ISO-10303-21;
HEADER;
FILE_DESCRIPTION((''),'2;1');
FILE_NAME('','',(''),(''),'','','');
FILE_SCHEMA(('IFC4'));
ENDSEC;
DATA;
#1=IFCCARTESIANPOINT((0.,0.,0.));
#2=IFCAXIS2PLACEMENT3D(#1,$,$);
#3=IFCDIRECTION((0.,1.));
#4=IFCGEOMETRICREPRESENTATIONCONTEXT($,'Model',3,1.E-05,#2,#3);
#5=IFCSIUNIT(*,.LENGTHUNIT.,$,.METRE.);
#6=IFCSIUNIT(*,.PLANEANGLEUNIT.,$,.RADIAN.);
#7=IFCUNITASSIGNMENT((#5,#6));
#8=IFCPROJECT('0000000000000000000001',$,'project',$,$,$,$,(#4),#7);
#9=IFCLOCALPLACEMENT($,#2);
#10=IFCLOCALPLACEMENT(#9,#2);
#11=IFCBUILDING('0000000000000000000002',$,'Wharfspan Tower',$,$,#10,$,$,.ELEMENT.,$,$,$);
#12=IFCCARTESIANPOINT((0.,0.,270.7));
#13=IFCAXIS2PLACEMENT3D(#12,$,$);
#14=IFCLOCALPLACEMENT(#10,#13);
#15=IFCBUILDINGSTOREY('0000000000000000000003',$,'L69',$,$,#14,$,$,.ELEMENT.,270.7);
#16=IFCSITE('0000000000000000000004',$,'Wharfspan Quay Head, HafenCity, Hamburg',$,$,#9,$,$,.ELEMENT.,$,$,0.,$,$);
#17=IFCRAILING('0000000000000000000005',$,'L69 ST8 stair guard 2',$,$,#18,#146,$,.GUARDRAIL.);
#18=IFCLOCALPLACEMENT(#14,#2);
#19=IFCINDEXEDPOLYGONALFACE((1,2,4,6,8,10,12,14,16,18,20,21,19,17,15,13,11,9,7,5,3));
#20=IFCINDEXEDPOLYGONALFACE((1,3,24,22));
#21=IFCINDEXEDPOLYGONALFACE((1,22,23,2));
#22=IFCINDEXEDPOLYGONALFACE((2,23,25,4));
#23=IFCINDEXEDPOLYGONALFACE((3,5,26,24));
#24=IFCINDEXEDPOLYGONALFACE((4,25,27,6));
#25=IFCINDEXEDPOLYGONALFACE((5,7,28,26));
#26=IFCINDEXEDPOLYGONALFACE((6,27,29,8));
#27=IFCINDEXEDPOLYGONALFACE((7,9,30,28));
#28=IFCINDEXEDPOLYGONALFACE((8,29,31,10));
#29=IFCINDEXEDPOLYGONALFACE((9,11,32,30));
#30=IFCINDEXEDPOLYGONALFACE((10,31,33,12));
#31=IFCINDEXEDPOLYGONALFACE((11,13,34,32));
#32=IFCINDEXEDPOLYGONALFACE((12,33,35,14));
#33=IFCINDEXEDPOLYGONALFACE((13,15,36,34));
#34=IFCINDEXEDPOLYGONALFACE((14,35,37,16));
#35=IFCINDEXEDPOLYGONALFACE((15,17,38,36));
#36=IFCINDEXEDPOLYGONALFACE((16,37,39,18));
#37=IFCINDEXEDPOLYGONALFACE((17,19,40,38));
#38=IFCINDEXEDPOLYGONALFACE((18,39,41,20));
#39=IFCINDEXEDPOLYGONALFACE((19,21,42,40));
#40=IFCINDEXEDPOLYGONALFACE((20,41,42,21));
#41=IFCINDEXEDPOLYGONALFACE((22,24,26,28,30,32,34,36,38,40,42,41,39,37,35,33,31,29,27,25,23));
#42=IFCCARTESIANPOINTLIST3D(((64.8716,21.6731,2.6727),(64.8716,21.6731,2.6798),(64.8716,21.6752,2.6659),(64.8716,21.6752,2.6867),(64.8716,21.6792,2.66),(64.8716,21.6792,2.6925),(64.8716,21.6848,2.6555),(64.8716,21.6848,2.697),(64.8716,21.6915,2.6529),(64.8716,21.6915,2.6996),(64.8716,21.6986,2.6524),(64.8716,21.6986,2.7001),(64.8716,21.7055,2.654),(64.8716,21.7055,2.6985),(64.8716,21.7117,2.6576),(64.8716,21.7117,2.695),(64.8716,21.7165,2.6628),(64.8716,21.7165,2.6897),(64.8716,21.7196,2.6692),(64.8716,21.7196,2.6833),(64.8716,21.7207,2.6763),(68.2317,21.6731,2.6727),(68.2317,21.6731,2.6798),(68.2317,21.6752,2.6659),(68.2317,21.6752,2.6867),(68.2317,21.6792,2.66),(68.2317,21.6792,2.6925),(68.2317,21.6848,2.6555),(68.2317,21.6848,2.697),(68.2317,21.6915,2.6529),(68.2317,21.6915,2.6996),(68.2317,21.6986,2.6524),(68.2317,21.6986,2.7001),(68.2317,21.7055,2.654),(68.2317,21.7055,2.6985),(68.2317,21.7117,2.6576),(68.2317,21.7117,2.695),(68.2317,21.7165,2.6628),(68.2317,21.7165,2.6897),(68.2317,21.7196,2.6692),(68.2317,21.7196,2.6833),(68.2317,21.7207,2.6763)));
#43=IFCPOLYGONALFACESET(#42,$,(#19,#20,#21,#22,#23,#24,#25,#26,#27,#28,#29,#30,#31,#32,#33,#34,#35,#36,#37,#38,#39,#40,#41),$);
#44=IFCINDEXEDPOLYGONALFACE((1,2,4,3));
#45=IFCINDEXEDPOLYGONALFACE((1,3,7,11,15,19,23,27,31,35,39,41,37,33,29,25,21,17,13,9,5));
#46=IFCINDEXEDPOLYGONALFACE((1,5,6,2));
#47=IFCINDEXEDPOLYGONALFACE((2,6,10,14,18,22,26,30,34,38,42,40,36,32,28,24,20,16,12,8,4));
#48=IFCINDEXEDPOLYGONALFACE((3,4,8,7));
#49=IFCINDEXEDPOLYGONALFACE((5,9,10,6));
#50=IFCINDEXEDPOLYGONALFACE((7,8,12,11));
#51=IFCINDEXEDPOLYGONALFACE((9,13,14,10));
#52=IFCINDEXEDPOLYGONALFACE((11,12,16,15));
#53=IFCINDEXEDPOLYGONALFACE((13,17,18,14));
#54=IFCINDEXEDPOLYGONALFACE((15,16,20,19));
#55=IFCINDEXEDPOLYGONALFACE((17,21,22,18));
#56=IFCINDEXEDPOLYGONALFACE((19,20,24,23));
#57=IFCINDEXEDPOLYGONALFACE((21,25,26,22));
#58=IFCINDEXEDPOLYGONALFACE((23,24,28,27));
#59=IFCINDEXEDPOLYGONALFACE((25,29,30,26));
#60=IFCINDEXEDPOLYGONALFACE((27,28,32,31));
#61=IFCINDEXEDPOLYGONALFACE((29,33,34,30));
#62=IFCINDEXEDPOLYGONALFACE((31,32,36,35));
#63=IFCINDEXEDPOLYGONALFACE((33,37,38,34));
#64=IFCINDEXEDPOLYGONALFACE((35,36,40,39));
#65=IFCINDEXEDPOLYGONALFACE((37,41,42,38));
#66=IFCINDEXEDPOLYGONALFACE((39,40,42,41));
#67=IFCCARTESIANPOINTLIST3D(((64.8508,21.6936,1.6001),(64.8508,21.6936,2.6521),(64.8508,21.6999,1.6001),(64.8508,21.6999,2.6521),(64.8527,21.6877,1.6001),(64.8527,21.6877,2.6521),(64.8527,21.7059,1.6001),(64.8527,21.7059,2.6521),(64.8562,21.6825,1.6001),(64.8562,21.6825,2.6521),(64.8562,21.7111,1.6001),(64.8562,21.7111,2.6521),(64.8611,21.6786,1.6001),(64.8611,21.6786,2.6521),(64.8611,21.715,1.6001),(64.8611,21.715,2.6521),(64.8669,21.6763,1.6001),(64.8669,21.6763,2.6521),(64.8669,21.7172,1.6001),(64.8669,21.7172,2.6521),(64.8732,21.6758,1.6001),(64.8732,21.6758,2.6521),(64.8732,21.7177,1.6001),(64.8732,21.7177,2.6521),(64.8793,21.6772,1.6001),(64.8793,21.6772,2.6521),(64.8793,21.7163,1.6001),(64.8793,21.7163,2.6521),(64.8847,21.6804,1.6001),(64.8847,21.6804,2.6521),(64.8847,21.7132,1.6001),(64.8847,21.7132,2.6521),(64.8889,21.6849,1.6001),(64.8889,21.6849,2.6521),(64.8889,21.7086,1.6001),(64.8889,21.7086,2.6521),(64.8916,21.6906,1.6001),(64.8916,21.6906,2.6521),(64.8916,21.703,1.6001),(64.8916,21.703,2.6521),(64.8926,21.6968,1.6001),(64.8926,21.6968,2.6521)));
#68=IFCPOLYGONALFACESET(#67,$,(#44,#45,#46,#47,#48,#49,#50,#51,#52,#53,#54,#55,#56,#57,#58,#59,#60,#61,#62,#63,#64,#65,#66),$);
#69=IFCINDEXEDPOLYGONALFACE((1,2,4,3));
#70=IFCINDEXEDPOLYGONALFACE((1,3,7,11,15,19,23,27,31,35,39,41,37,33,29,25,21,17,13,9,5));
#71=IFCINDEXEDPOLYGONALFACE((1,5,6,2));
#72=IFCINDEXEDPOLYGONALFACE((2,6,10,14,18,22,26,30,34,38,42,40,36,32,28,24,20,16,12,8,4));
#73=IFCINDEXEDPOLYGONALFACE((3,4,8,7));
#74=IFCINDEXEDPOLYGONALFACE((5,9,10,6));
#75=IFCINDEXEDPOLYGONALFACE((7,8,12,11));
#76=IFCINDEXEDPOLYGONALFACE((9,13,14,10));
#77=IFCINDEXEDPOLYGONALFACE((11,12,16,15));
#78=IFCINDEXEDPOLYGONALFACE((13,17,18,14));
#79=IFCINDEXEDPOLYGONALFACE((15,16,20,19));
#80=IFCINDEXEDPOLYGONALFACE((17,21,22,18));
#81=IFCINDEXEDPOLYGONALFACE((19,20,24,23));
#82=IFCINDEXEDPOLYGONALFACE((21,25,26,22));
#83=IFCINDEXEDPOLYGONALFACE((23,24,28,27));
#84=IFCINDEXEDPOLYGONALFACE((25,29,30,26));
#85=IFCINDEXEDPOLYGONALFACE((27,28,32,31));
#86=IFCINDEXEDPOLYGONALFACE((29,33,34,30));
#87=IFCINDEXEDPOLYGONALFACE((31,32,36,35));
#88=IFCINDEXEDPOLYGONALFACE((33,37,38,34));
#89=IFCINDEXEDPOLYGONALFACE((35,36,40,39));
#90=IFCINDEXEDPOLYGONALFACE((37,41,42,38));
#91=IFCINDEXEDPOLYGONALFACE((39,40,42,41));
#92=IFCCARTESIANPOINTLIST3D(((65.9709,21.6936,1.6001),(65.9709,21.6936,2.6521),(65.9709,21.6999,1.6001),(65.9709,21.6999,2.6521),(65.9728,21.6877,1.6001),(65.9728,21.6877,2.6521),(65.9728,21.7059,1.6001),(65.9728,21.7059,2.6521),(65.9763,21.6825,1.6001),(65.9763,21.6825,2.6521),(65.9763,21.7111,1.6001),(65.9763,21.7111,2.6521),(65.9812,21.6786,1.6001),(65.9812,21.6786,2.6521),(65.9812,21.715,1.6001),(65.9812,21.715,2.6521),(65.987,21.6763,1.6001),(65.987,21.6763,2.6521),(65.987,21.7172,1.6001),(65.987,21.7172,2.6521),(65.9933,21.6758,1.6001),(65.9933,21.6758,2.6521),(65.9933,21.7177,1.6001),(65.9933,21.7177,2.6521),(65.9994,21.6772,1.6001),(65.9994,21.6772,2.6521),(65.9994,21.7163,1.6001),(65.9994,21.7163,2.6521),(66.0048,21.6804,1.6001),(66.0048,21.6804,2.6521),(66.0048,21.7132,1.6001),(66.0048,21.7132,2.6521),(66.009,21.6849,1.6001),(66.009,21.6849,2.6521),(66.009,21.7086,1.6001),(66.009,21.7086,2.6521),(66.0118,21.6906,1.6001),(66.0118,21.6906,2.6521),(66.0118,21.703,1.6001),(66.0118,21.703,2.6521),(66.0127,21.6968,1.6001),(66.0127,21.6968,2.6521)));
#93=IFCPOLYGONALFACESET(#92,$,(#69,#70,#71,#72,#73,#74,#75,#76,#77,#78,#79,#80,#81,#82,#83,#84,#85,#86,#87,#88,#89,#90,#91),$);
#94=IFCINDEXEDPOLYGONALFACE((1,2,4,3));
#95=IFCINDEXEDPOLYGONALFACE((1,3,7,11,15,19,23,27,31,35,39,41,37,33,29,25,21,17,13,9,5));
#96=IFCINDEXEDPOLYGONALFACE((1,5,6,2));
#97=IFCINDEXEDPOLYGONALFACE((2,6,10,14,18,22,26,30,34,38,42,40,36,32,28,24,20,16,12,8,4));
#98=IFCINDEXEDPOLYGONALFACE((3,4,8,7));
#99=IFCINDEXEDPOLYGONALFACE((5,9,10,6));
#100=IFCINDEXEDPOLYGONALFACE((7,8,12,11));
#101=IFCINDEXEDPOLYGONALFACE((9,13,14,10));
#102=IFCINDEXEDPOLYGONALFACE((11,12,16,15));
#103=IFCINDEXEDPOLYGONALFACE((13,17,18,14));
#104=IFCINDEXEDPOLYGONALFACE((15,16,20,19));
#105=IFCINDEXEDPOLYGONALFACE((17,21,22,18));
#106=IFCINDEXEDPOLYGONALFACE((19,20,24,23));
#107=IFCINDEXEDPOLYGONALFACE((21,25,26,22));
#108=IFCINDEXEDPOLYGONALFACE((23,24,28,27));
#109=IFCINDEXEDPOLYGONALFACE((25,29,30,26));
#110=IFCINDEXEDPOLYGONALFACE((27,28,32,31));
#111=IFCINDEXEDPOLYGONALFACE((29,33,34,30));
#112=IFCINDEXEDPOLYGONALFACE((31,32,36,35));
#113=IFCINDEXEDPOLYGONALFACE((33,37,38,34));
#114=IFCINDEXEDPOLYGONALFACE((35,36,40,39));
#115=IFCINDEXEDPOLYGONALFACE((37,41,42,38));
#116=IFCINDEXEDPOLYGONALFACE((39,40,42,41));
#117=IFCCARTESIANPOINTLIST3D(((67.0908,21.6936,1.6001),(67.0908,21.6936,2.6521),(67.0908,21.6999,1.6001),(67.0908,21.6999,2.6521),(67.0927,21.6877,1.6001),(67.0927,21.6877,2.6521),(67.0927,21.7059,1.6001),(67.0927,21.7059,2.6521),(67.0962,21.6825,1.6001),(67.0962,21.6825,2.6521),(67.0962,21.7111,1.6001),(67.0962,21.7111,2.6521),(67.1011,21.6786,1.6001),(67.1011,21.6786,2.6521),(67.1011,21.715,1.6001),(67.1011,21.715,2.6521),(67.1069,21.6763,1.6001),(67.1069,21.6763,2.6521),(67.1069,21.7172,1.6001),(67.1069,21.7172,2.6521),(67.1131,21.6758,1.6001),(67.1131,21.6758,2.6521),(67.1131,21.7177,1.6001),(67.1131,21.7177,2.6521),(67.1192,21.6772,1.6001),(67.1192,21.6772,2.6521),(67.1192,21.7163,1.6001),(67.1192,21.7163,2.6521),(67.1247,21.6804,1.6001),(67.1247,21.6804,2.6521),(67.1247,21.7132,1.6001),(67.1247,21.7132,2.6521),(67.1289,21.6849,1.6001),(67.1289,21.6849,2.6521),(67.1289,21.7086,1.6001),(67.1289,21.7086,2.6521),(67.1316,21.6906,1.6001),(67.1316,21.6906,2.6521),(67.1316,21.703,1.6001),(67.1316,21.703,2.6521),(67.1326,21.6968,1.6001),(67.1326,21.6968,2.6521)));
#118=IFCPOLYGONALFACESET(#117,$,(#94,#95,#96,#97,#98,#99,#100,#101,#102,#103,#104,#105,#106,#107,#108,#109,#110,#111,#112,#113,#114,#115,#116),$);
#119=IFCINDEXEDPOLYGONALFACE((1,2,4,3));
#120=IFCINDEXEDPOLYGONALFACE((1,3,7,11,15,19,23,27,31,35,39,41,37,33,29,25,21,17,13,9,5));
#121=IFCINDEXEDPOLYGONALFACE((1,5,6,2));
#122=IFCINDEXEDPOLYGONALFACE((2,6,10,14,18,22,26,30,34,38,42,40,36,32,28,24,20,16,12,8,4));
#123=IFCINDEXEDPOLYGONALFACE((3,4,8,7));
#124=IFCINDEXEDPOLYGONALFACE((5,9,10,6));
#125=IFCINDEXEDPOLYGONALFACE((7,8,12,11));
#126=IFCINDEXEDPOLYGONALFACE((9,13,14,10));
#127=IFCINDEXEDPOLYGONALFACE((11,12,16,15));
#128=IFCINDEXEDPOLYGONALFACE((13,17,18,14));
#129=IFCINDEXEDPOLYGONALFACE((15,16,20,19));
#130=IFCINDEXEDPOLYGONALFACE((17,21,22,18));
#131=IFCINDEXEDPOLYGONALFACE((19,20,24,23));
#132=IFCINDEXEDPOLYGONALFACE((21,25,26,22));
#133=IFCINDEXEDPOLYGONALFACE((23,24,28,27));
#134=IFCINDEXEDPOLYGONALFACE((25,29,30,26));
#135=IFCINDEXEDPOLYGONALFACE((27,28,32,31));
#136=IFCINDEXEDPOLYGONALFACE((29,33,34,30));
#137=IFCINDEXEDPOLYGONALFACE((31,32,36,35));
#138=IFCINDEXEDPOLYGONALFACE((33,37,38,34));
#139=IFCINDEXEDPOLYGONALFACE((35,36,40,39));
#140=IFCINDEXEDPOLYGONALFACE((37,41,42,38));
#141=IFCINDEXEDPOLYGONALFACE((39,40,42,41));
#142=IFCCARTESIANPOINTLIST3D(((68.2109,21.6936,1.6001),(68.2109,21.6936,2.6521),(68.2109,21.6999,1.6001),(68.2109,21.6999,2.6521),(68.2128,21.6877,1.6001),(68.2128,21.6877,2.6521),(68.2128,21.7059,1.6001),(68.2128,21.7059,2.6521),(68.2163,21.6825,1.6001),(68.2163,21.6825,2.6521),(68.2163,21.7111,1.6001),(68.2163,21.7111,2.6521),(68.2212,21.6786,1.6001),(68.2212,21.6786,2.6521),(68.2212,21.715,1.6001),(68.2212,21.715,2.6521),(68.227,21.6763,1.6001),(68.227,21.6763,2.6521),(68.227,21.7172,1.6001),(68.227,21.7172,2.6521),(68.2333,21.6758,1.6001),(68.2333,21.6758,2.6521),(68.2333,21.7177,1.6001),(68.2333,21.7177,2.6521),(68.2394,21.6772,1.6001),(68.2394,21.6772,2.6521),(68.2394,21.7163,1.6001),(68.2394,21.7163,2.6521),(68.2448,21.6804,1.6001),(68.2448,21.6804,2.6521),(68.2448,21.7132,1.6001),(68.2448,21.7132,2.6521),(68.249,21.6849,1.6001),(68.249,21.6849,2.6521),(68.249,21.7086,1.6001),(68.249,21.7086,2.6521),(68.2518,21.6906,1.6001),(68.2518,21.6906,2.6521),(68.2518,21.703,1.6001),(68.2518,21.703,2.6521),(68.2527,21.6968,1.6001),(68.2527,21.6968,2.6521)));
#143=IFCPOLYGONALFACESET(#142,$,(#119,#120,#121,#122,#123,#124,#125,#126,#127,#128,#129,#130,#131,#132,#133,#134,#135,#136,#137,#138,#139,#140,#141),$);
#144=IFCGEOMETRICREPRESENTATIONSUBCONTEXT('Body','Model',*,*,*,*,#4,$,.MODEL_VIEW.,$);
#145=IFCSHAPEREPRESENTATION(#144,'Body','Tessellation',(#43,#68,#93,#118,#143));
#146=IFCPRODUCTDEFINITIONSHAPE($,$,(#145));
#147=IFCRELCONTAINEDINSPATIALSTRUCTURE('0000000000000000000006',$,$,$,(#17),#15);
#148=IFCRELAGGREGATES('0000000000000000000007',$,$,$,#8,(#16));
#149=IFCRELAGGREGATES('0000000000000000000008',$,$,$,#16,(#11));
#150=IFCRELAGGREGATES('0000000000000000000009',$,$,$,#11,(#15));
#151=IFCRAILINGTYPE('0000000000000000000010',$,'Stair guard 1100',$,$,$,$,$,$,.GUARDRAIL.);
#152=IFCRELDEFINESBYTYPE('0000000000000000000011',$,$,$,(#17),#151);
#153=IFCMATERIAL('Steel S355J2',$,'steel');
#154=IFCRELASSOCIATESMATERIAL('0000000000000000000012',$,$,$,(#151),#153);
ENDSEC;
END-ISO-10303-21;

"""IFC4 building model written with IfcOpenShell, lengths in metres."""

from ifc_helpers import new_model, si_unit, direction, frame, origin, origin_2d, place, context, subcontext, project, spatial, circle, extrude, material, type_object, element, save


model = new_model("IFC4")

# Units and contexts
model_context = context("Model", 3, precision=1e-05, world=origin(), true_north=direction((0.0, 1.0)))
body_context = subcontext(model_context, "Body", "Model", "MODEL_VIEW")
ifc_project = project(units=[si_unit("LENGTHUNIT", "METRE"), si_unit("PLANEANGLEUNIT", "RADIAN")], contexts=[model_context])

# Site, building, storey
site_placement = place(None, origin())
site = spatial("IfcSite", under=ifc_project, at=site_placement, Name="Wharfspan Quay Head, HafenCity, Hamburg", CompositionType="ELEMENT", RefElevation=0.0)
building_placement = place(site_placement, origin())
building = spatial("IfcBuilding", under=site, at=building_placement, Name="Wharfspan Tower", CompositionType="ELEMENT")
storey_placement = place(building_placement, frame((0.0, 0.0, 270.7)))
storey = spatial("IfcBuildingStorey", under=building, at=storey_placement, Name="L69", CompositionType="ELEMENT", Elevation=270.7)

# Shared definitions
ifc_material_1 = material(Name="Steel S355J2", Category="steel")

# Railing
railing_type_1 = type_object("IfcRailingType", Name="Stair guard 1100", PredefinedType="GUARDRAIL", material=ifc_material_1)
for number, where, name in (
    (1, (64.8716, 21.6968, 1.6001), "L69 ST8 stair guard 2"),
):
    element("IfcRailing", number, at=place(storey_placement, frame(where)), inside=storey, type_object=railing_type_1, Name=name, PredefinedType="GUARDRAIL", context=body_context, shape_type="SweptSolid", body=[
        extrude(circle(Radius=0.0239, at=origin_2d()), frame((0.0, 0.0, 1.0762), z_axis=(1.0, 0.0, 0.0), x_axis=(0.0, 1.0, 0.0)), (0.0, 0.0, 1.0), 3.3601),
        extrude(circle(Radius=0.021, at=origin_2d()), origin(), (0.0, 0.0, 1.0), 1.052),
        extrude(circle(Radius=0.021, at=origin_2d()), frame((1.1201, 0.0, 0.0)), (0.0, 0.0, 1.0), 1.052),
        extrude(circle(Radius=0.021, at=origin_2d()), frame((2.24, 0.0, 0.0)), (0.0, 0.0, 1.0), 1.052),
        extrude(circle(Radius=0.021, at=origin_2d()), frame((3.3601, 0.0, 0.0)), (0.0, 0.0, 1.0), 1.052),
    ])

save(model, "model.ifc")
